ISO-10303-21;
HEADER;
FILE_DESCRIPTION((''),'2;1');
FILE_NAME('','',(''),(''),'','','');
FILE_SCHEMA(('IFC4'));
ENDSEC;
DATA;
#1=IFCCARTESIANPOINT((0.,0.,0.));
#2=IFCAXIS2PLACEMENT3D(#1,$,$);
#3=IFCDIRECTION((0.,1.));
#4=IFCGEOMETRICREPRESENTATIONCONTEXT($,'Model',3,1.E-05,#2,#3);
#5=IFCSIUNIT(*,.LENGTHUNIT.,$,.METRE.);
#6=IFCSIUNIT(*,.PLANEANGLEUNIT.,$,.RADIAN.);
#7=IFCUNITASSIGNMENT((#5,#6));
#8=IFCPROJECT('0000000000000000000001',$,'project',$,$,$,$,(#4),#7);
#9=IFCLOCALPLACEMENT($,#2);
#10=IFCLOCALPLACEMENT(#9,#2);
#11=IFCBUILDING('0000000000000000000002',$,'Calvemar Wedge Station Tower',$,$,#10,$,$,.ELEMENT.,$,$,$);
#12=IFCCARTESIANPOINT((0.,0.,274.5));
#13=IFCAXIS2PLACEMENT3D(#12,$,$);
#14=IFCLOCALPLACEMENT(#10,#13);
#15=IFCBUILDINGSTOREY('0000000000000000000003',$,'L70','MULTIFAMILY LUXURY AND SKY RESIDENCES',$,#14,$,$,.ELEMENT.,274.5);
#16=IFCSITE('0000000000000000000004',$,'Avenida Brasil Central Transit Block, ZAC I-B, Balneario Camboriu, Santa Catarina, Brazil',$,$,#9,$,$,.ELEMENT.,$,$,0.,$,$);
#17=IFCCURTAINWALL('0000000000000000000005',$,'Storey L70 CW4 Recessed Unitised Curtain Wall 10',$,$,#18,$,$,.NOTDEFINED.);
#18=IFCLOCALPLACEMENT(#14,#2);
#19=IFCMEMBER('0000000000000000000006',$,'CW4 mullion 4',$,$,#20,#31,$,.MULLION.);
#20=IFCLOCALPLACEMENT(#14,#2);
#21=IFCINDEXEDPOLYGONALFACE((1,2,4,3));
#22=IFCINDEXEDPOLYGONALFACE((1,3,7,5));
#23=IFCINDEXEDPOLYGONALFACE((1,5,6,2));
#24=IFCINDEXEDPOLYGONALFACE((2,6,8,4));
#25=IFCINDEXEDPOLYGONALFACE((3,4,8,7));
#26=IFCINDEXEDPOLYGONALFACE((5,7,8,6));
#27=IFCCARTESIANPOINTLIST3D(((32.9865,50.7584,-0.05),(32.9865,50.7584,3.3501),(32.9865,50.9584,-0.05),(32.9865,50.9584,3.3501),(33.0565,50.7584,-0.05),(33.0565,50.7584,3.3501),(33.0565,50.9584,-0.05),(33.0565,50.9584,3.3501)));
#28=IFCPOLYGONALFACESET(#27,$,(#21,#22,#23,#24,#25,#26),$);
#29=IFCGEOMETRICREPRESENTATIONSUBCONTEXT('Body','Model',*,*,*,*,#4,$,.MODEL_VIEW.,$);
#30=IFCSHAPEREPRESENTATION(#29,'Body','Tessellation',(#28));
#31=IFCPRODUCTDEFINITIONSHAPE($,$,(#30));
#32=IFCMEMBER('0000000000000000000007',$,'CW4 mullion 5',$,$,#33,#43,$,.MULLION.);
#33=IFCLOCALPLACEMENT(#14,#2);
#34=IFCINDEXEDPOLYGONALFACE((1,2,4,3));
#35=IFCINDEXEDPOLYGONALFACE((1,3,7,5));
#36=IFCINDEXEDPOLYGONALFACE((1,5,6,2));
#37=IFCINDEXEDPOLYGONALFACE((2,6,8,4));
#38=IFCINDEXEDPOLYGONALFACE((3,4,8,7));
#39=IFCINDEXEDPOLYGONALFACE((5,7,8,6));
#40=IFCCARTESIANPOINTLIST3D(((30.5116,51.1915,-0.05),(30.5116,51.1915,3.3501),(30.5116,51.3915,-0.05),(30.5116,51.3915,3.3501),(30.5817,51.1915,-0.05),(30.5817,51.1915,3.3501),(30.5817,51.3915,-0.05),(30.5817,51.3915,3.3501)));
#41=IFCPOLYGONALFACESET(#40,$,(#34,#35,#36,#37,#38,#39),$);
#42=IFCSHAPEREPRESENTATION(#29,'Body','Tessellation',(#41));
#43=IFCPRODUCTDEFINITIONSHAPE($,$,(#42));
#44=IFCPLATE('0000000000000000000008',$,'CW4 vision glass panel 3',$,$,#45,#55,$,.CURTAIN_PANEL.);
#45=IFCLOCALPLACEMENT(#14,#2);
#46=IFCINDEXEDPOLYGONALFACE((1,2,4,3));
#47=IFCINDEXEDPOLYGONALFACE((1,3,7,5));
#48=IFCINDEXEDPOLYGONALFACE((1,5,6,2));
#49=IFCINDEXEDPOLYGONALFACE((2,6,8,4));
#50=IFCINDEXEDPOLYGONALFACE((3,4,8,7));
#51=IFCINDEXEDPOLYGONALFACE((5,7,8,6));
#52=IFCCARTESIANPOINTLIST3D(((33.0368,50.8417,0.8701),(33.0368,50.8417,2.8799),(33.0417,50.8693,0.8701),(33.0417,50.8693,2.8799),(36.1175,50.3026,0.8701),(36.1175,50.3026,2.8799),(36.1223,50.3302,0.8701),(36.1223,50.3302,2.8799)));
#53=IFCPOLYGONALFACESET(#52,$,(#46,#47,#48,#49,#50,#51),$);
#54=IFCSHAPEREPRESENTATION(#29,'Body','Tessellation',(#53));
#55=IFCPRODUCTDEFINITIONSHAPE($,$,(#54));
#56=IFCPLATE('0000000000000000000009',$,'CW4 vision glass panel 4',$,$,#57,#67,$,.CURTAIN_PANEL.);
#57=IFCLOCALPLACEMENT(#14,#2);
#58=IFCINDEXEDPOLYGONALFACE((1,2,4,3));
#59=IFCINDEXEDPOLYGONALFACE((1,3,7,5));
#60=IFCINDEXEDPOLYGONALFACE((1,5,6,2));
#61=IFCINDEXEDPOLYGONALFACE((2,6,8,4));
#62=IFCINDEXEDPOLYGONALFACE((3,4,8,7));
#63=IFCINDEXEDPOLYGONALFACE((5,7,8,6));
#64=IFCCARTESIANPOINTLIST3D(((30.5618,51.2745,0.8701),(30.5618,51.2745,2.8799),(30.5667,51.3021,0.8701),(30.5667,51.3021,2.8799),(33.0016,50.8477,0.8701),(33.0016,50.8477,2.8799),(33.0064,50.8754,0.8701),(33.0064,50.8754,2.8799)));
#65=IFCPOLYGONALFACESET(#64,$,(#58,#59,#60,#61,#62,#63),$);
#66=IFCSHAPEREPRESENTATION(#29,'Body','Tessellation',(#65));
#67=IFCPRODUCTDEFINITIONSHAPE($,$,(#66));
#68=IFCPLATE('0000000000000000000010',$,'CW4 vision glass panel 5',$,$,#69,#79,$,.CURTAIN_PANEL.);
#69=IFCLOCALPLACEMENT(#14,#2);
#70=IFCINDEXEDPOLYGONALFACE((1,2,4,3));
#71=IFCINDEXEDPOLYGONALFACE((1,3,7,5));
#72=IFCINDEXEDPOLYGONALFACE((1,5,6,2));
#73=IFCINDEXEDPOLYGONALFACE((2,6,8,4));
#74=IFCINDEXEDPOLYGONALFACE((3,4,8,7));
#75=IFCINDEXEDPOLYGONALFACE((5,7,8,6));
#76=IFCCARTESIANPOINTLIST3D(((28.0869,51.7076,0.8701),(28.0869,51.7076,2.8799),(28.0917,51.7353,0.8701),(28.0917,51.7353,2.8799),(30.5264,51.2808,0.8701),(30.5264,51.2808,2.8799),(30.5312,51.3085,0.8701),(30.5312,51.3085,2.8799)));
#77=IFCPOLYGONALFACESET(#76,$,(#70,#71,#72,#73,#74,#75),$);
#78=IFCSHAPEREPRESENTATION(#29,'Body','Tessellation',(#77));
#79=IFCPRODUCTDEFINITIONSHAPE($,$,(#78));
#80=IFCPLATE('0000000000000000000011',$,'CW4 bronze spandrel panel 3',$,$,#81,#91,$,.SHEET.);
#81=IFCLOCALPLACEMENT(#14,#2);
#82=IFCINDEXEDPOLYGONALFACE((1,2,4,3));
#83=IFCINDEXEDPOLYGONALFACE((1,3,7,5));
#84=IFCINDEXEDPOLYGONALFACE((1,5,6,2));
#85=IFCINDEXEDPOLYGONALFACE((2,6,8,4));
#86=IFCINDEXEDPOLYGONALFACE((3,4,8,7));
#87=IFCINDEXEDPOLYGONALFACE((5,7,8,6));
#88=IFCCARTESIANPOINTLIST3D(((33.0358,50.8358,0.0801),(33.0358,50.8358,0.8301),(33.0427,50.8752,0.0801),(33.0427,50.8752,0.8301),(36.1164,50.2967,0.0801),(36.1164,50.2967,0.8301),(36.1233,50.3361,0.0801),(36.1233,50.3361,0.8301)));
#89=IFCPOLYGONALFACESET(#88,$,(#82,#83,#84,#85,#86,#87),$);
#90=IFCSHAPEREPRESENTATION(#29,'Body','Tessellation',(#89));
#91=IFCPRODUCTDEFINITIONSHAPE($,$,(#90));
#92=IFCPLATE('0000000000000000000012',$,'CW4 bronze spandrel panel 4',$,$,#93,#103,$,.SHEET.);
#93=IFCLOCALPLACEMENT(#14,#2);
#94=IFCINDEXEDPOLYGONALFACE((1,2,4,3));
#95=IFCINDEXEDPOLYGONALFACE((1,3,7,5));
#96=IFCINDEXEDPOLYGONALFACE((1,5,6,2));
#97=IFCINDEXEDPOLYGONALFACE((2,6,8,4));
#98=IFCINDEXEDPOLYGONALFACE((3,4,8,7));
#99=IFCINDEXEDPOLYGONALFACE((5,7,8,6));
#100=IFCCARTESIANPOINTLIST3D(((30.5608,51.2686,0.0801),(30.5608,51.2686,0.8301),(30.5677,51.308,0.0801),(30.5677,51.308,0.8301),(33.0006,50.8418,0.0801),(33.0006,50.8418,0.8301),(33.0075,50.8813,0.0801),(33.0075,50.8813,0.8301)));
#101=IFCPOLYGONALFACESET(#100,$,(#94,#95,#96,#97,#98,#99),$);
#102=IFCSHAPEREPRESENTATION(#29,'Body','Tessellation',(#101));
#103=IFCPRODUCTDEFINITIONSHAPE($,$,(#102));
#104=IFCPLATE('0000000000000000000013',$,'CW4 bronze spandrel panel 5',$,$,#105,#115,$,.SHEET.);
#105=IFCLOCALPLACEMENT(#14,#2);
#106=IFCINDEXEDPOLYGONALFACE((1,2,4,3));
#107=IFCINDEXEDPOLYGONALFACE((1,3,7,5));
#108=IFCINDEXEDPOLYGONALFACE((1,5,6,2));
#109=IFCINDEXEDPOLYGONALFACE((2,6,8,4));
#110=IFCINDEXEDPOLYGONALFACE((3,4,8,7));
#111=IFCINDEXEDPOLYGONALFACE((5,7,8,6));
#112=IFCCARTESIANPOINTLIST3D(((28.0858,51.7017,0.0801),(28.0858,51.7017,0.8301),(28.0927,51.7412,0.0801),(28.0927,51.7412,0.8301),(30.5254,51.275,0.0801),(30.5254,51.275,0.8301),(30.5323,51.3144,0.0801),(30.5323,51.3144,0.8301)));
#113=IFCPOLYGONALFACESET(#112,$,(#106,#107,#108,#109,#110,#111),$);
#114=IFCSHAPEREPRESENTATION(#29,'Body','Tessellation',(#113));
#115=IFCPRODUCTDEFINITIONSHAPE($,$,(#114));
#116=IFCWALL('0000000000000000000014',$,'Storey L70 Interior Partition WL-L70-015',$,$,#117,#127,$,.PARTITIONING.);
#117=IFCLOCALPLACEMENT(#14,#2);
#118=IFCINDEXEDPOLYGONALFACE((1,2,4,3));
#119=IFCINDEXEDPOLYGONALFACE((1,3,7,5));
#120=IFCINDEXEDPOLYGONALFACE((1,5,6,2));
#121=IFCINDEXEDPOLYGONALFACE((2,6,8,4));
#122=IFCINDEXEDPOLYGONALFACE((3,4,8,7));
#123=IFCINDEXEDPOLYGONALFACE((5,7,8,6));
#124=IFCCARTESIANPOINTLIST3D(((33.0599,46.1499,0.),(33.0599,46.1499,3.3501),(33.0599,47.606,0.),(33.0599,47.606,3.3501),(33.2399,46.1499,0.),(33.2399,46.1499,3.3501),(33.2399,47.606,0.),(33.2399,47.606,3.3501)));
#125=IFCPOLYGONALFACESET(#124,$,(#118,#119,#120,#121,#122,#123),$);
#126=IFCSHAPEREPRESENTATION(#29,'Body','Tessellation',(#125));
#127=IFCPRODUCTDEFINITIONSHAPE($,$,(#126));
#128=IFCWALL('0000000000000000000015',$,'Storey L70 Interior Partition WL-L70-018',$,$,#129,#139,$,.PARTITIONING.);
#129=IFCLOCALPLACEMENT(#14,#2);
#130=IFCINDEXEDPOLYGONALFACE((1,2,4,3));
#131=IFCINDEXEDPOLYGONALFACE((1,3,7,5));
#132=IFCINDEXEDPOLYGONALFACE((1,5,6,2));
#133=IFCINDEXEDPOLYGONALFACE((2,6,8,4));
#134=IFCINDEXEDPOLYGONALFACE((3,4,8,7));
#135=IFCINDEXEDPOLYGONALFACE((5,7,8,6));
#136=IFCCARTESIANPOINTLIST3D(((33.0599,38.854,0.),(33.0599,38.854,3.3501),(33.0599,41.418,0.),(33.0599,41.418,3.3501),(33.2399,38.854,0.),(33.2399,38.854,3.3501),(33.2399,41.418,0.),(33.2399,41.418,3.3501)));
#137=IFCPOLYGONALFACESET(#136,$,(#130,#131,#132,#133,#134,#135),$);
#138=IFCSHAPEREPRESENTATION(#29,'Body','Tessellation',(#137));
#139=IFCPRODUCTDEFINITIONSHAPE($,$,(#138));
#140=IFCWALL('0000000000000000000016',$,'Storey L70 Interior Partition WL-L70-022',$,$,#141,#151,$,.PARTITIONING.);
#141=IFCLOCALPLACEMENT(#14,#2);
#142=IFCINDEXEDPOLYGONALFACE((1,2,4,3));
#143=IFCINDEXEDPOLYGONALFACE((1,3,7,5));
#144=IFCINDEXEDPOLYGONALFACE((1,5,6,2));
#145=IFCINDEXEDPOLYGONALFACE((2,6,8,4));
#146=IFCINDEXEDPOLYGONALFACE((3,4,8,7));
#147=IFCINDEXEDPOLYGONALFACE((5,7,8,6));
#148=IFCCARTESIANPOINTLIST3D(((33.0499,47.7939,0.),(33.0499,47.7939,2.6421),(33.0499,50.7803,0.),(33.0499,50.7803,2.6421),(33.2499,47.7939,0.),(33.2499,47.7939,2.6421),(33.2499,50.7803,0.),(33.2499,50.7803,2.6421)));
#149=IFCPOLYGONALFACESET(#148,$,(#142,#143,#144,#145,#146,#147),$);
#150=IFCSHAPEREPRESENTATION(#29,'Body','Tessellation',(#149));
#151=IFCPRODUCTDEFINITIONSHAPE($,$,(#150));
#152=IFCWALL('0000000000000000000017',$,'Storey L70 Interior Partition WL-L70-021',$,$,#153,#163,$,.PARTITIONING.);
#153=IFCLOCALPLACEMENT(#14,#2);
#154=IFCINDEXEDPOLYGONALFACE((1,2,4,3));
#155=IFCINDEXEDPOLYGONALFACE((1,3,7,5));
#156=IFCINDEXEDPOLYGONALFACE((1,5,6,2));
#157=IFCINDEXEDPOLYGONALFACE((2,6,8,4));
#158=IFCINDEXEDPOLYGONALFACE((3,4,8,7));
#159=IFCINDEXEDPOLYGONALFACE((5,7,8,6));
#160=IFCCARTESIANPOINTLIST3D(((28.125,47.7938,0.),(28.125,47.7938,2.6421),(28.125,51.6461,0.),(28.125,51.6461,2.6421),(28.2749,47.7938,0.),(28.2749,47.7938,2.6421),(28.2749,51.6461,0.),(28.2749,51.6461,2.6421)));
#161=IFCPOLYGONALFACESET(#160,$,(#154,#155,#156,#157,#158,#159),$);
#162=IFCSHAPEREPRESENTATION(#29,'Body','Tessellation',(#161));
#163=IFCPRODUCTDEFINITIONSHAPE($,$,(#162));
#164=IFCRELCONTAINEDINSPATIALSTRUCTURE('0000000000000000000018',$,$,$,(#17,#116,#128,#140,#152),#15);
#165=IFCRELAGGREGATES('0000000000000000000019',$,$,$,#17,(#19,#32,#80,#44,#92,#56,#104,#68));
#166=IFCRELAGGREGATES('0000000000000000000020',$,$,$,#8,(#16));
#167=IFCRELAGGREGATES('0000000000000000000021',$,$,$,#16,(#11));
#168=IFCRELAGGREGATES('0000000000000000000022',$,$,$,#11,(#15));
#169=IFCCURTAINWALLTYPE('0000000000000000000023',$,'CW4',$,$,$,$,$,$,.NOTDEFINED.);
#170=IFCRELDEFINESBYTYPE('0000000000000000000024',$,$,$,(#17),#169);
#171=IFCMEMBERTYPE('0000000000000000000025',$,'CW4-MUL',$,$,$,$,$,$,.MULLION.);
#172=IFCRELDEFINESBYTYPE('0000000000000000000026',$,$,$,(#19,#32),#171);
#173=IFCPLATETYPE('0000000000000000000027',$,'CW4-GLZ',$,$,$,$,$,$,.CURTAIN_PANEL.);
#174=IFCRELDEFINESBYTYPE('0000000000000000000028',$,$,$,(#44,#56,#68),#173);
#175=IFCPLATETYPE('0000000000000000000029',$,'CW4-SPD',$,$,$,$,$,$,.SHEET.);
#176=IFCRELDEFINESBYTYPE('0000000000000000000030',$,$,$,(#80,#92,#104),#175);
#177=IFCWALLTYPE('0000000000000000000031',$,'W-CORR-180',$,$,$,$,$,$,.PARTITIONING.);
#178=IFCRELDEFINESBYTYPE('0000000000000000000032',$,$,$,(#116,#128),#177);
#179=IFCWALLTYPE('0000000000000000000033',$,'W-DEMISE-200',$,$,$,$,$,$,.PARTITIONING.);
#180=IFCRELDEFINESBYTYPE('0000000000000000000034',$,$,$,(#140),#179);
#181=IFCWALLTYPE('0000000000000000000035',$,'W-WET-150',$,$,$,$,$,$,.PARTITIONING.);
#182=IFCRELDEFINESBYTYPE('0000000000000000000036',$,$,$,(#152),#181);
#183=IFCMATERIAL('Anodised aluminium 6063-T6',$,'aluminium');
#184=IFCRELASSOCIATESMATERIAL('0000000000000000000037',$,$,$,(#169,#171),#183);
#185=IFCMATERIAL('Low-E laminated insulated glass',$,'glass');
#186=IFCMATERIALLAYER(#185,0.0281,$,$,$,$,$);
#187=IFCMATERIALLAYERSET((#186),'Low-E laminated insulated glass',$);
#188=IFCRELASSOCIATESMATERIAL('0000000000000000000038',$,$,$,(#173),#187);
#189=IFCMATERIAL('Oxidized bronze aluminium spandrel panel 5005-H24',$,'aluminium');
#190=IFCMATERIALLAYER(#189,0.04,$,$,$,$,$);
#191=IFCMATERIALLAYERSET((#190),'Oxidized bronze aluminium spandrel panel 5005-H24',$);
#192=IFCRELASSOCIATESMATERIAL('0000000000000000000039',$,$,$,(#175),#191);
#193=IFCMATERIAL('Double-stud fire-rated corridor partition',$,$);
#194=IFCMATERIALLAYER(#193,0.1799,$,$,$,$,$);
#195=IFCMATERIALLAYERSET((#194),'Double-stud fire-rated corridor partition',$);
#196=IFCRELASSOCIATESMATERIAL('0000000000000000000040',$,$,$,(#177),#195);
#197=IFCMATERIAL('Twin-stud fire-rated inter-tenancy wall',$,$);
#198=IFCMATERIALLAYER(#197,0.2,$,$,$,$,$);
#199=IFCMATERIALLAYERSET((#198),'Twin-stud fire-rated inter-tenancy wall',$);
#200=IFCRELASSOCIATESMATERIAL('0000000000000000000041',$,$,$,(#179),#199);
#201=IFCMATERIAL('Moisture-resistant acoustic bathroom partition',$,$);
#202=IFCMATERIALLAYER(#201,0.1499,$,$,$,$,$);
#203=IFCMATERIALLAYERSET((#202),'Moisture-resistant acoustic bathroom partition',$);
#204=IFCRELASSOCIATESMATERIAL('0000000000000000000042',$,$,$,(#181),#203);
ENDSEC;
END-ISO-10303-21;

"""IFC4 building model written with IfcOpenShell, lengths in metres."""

from ifc_helpers import new_model, si_unit, direction, frame, frame_2d, origin, origin_2d, place, context, subcontext, project, spatial, rectangle, extrude, source, transform, mapped, material, layer, layer_set, material_profile, profile_set, type_object, element, aggregate, save


model = new_model("IFC4")

# Units and contexts
model_context = context("Model", 3, precision=1e-05, world=origin(), true_north=direction((0.0, 1.0)))
body_context = subcontext(model_context, "Body", "Model", "MODEL_VIEW")
ifc_project = project(units=[si_unit("LENGTHUNIT", "METRE"), si_unit("PLANEANGLEUNIT", "RADIAN")], contexts=[model_context])

# Site, building, storey
site_placement = place(None, origin())
site = spatial("IfcSite", under=ifc_project, at=site_placement, Name="Avenida Brasil Central Transit Block, ZAC I-B, Balneario Camboriu, Santa Catarina, Brazil", CompositionType="ELEMENT", RefElevation=0.0)
building_placement = place(site_placement, origin())
building = spatial("IfcBuilding", under=site, at=building_placement, Name="Calvemar Wedge Station Tower", CompositionType="ELEMENT")
storey_placement = place(building_placement, frame((0.0, 0.0, 274.5)))
storey = spatial("IfcBuildingStorey", under=building, at=storey_placement, Name="L70", Description="MULTIFAMILY LUXURY AND SKY RESIDENCES", CompositionType="ELEMENT", Elevation=274.5)

# Curtain wall, members, plates
ifc_material_1 = material(Name="Anodised aluminium 6063-T6", Category="aluminium")
curtain_wall_type = type_object("IfcCurtainWallType", Name="CW4", PredefinedType="NOTDEFINED", material=ifc_material_1)
curtain_wall_placement = place(storey_placement, origin())
curtain_wall = element("IfcCurtainWall", 1, at=curtain_wall_placement, inside=storey, type_object=curtain_wall_type, Name="Storey L70 CW4 Recessed Unitised Curtain Wall 10", PredefinedType="NOTDEFINED")
ifc_material_profile_1 = material_profile(ifc_material_1, rectangle(XDim=0.0701, YDim=0.2, at=origin_2d()), Name="AL-MUL-70x200")
ifc_profile_set_1 = profile_set([ifc_material_profile_1], Name="Anodised aluminium 6063-T6")
member_type = type_object("IfcMemberType", Name="CW4-MUL", PredefinedType="MULLION", material=ifc_profile_set_1)
shared_shape_1 = source(origin(), body_context, "Body", "SweptSolid", [
    extrude(rectangle(XDim=0.0701, YDim=0.2, at=origin_2d()), origin(), (0.0, 0.0, 1.0), 3.4001),
])
member_1_placement = place(storey_placement, frame((33.0215, 50.8584, -0.05), z_axis=(0.0, 0.0, 1.0), x_axis=(1.0, 0.0, 0.0)))
member_1 = element("IfcMember", 2, at=member_1_placement, type_object=member_type, Name="CW4 mullion 4", PredefinedType="MULLION", context=body_context, shape_type="MappedRepresentation", body=[
    mapped(shared_shape_1, transform((0.0, 0.0, 0.0), scale=1.0)),
])
member_2_placement = place(storey_placement, frame((30.5466, 51.2915, -0.05), z_axis=(0.0, 0.0, 1.0), x_axis=(1.0, 0.0, 0.0)))
member_2 = element("IfcMember", 3, at=member_2_placement, type_object=member_type, Name="CW4 mullion 5", PredefinedType="MULLION", context=body_context, shape_type="MappedRepresentation", body=[
    mapped(shared_shape_1, transform((0.0, 0.0, 0.0), scale=1.0)),
])
ifc_material_2 = material(Name="Low-E laminated insulated glass", Category="glass")
ifc_layer_1 = layer(ifc_material_2, 0.0281)
ifc_layer_set_1 = layer_set([ifc_layer_1], Name="Low-E laminated insulated glass")
plate_type_1 = type_object("IfcPlateType", Name="CW4-GLZ", PredefinedType="CURTAIN_PANEL", material=ifc_layer_set_1)
plate_1_placement = place(storey_placement, frame((36.1199, 50.3164, 0.8701), z_axis=(0.0, 0.0, 1.0), x_axis=(-0.985032, 0.172369, 0.0)))
plate_1 = element("IfcPlate", 4, at=plate_1_placement, type_object=plate_type_1, Name="CW4 vision glass panel 3", PredefinedType="CURTAIN_PANEL", context=body_context, shape_type="SweptSolid", body=[
    extrude(rectangle(XDim=3.1274, YDim=0.0281, at=frame_2d((1.5637, 0.0))), origin(), (0.0, 0.0, 1.0), 2.0098),
])
plate_2_placement = place(storey_placement, frame((33.0039, 50.8616, 0.8701), z_axis=(0.0, 0.0, 1.0), x_axis=(-0.985043, 0.172306, 0.0)))
plate_2 = element("IfcPlate", 5, at=plate_2_placement, type_object=plate_type_1, Name="CW4 vision glass panel 4", PredefinedType="CURTAIN_PANEL", context=body_context, shape_type="SweptSolid", body=[
    extrude(rectangle(XDim=2.4768, YDim=0.0281, at=frame_2d((1.2383, 0.0))), origin(), (0.0, 0.0, 1.0), 2.0098),
])
plate_3_placement = place(storey_placement, frame((30.5288, 51.2947, 0.8701), z_axis=(0.0, 0.0, 1.0), x_axis=(-0.985041, 0.172323, 0.0)))
plate_3 = element("IfcPlate", 6, at=plate_3_placement, type_object=plate_type_1, Name="CW4 vision glass panel 5", PredefinedType="CURTAIN_PANEL", context=body_context, shape_type="SweptSolid", body=[
    extrude(rectangle(XDim=2.4766, YDim=0.0281, at=frame_2d((1.2383, 0.0))), origin(), (0.0, 0.0, 1.0), 2.0098),
])
ifc_material_3 = material(Name="Oxidized bronze aluminium spandrel panel 5005-H24", Category="aluminium")
ifc_layer_2 = layer(ifc_material_3, 0.04)
ifc_layer_set_2 = layer_set([ifc_layer_2], Name="Oxidized bronze aluminium spandrel panel 5005-H24")
plate_type_2 = type_object("IfcPlateType", Name="CW4-SPD", PredefinedType="SHEET", material=ifc_layer_set_2)
plate_4_placement = place(storey_placement, frame((36.1199, 50.3164, 0.0801), z_axis=(0.0, 0.0, 1.0), x_axis=(-0.985032, 0.172369, 0.0)))
plate_4 = element("IfcPlate", 7, at=plate_4_placement, type_object=plate_type_2, Name="CW4 bronze spandrel panel 3", PredefinedType="SHEET", context=body_context, shape_type="SweptSolid", body=[
    extrude(rectangle(XDim=3.1274, YDim=0.04, at=frame_2d((1.5637, 0.0))), origin(), (0.0, 0.0, 1.0), 0.75),
])
plate_5_placement = place(storey_placement, frame((33.0039, 50.8616, 0.0801), z_axis=(0.0, 0.0, 1.0), x_axis=(-0.985043, 0.172306, 0.0)))
plate_5 = element("IfcPlate", 8, at=plate_5_placement, type_object=plate_type_2, Name="CW4 bronze spandrel panel 4", PredefinedType="SHEET", context=body_context, shape_type="SweptSolid", body=[
    extrude(rectangle(XDim=2.4768, YDim=0.04, at=frame_2d((1.2383, 0.0))), origin(), (0.0, 0.0, 1.0), 0.75),
])
plate_6_placement = place(storey_placement, frame((30.5288, 51.2947, 0.0801), z_axis=(0.0, 0.0, 1.0), x_axis=(-0.985041, 0.172323, 0.0)))
plate_6 = element("IfcPlate", 9, at=plate_6_placement, type_object=plate_type_2, Name="CW4 bronze spandrel panel 5", PredefinedType="SHEET", context=body_context, shape_type="SweptSolid", body=[
    extrude(rectangle(XDim=2.4766, YDim=0.04, at=frame_2d((1.2383, 0.0))), origin(), (0.0, 0.0, 1.0), 0.75),
])
aggregate(curtain_wall, [member_1, member_2, plate_4, plate_1, plate_5, plate_2, plate_6, plate_3])

# Shared definitions
ifc_material_4 = material(Name="Double-stud fire-rated corridor partition")
ifc_layer_3 = layer(ifc_material_4, 0.1799)
ifc_layer_set_3 = layer_set([ifc_layer_3], Name="Double-stud fire-rated corridor partition")
wall_type_1 = type_object("IfcWallType", Name="W-CORR-180", PredefinedType="PARTITIONING", material=ifc_layer_set_3)

# Wall
wall_1_placement = place(storey_placement, frame((33.1499, 47.606, 0.0), z_axis=(0.0, 0.0, 1.0), x_axis=(0.0, -1.0, 0.0)))
element("IfcWall", 10, at=wall_1_placement, inside=storey, type_object=wall_type_1, Name="Storey L70 Interior Partition WL-L70-015", PredefinedType="PARTITIONING", context=body_context, shape_type="SweptSolid", body=[
    extrude(rectangle(XDim=1.4561, YDim=0.1799, at=frame_2d((0.728, 0.0))), origin(), (0.0, 0.0, 1.0), 3.3501),
])

# Walls
wall_2_placement = place(storey_placement, frame((33.1499, 41.418, 0.0), z_axis=(0.0, 0.0, 1.0), x_axis=(0.0, -1.0, 0.0)))
element("IfcWall", 11, at=wall_2_placement, inside=storey, type_object=wall_type_1, Name="Storey L70 Interior Partition WL-L70-018", PredefinedType="PARTITIONING", context=body_context, shape_type="SweptSolid", body=[
    extrude(rectangle(XDim=2.564, YDim=0.1799, at=frame_2d((1.282, 0.0))), origin(), (0.0, 0.0, 1.0), 3.3501),
])
ifc_material_5 = material(Name="Twin-stud fire-rated inter-tenancy wall")
ifc_layer_4 = layer(ifc_material_5, 0.2)
ifc_layer_set_4 = layer_set([ifc_layer_4], Name="Twin-stud fire-rated inter-tenancy wall")
wall_type_2 = type_object("IfcWallType", Name="W-DEMISE-200", PredefinedType="PARTITIONING", material=ifc_layer_set_4)
wall_3_placement = place(storey_placement, frame((33.1499, 50.7803, 0.0), z_axis=(0.0, 0.0, 1.0), x_axis=(0.0, -1.0, 0.0)))
element("IfcWall", 12, at=wall_3_placement, inside=storey, type_object=wall_type_2, Name="Storey L70 Interior Partition WL-L70-022", PredefinedType="PARTITIONING", context=body_context, shape_type="SweptSolid", body=[
    extrude(rectangle(XDim=2.9863, YDim=0.2, at=frame_2d((1.4932, 0.0))), origin(), (0.0, 0.0, 1.0), 2.6421),
])
ifc_material_6 = material(Name="Moisture-resistant acoustic bathroom partition")
ifc_layer_5 = layer(ifc_material_6, 0.1499)
ifc_layer_set_5 = layer_set([ifc_layer_5], Name="Moisture-resistant acoustic bathroom partition")
wall_type_3 = type_object("IfcWallType", Name="W-WET-150", PredefinedType="PARTITIONING", material=ifc_layer_set_5)
wall_4_placement = place(storey_placement, frame((28.2, 51.6462, 0.0), z_axis=(0.0, 0.0, 1.0), x_axis=(0.0, -1.0, 0.0)))
element("IfcWall", 13, at=wall_4_placement, inside=storey, type_object=wall_type_3, Name="Storey L70 Interior Partition WL-L70-021", PredefinedType="PARTITIONING", context=body_context, shape_type="SweptSolid", body=[
    extrude(rectangle(XDim=3.8523, YDim=0.1499, at=frame_2d((1.9263, 0.0))), origin(), (0.0, 0.0, 1.0), 2.6421),
])

save(model, "model.ifc")
